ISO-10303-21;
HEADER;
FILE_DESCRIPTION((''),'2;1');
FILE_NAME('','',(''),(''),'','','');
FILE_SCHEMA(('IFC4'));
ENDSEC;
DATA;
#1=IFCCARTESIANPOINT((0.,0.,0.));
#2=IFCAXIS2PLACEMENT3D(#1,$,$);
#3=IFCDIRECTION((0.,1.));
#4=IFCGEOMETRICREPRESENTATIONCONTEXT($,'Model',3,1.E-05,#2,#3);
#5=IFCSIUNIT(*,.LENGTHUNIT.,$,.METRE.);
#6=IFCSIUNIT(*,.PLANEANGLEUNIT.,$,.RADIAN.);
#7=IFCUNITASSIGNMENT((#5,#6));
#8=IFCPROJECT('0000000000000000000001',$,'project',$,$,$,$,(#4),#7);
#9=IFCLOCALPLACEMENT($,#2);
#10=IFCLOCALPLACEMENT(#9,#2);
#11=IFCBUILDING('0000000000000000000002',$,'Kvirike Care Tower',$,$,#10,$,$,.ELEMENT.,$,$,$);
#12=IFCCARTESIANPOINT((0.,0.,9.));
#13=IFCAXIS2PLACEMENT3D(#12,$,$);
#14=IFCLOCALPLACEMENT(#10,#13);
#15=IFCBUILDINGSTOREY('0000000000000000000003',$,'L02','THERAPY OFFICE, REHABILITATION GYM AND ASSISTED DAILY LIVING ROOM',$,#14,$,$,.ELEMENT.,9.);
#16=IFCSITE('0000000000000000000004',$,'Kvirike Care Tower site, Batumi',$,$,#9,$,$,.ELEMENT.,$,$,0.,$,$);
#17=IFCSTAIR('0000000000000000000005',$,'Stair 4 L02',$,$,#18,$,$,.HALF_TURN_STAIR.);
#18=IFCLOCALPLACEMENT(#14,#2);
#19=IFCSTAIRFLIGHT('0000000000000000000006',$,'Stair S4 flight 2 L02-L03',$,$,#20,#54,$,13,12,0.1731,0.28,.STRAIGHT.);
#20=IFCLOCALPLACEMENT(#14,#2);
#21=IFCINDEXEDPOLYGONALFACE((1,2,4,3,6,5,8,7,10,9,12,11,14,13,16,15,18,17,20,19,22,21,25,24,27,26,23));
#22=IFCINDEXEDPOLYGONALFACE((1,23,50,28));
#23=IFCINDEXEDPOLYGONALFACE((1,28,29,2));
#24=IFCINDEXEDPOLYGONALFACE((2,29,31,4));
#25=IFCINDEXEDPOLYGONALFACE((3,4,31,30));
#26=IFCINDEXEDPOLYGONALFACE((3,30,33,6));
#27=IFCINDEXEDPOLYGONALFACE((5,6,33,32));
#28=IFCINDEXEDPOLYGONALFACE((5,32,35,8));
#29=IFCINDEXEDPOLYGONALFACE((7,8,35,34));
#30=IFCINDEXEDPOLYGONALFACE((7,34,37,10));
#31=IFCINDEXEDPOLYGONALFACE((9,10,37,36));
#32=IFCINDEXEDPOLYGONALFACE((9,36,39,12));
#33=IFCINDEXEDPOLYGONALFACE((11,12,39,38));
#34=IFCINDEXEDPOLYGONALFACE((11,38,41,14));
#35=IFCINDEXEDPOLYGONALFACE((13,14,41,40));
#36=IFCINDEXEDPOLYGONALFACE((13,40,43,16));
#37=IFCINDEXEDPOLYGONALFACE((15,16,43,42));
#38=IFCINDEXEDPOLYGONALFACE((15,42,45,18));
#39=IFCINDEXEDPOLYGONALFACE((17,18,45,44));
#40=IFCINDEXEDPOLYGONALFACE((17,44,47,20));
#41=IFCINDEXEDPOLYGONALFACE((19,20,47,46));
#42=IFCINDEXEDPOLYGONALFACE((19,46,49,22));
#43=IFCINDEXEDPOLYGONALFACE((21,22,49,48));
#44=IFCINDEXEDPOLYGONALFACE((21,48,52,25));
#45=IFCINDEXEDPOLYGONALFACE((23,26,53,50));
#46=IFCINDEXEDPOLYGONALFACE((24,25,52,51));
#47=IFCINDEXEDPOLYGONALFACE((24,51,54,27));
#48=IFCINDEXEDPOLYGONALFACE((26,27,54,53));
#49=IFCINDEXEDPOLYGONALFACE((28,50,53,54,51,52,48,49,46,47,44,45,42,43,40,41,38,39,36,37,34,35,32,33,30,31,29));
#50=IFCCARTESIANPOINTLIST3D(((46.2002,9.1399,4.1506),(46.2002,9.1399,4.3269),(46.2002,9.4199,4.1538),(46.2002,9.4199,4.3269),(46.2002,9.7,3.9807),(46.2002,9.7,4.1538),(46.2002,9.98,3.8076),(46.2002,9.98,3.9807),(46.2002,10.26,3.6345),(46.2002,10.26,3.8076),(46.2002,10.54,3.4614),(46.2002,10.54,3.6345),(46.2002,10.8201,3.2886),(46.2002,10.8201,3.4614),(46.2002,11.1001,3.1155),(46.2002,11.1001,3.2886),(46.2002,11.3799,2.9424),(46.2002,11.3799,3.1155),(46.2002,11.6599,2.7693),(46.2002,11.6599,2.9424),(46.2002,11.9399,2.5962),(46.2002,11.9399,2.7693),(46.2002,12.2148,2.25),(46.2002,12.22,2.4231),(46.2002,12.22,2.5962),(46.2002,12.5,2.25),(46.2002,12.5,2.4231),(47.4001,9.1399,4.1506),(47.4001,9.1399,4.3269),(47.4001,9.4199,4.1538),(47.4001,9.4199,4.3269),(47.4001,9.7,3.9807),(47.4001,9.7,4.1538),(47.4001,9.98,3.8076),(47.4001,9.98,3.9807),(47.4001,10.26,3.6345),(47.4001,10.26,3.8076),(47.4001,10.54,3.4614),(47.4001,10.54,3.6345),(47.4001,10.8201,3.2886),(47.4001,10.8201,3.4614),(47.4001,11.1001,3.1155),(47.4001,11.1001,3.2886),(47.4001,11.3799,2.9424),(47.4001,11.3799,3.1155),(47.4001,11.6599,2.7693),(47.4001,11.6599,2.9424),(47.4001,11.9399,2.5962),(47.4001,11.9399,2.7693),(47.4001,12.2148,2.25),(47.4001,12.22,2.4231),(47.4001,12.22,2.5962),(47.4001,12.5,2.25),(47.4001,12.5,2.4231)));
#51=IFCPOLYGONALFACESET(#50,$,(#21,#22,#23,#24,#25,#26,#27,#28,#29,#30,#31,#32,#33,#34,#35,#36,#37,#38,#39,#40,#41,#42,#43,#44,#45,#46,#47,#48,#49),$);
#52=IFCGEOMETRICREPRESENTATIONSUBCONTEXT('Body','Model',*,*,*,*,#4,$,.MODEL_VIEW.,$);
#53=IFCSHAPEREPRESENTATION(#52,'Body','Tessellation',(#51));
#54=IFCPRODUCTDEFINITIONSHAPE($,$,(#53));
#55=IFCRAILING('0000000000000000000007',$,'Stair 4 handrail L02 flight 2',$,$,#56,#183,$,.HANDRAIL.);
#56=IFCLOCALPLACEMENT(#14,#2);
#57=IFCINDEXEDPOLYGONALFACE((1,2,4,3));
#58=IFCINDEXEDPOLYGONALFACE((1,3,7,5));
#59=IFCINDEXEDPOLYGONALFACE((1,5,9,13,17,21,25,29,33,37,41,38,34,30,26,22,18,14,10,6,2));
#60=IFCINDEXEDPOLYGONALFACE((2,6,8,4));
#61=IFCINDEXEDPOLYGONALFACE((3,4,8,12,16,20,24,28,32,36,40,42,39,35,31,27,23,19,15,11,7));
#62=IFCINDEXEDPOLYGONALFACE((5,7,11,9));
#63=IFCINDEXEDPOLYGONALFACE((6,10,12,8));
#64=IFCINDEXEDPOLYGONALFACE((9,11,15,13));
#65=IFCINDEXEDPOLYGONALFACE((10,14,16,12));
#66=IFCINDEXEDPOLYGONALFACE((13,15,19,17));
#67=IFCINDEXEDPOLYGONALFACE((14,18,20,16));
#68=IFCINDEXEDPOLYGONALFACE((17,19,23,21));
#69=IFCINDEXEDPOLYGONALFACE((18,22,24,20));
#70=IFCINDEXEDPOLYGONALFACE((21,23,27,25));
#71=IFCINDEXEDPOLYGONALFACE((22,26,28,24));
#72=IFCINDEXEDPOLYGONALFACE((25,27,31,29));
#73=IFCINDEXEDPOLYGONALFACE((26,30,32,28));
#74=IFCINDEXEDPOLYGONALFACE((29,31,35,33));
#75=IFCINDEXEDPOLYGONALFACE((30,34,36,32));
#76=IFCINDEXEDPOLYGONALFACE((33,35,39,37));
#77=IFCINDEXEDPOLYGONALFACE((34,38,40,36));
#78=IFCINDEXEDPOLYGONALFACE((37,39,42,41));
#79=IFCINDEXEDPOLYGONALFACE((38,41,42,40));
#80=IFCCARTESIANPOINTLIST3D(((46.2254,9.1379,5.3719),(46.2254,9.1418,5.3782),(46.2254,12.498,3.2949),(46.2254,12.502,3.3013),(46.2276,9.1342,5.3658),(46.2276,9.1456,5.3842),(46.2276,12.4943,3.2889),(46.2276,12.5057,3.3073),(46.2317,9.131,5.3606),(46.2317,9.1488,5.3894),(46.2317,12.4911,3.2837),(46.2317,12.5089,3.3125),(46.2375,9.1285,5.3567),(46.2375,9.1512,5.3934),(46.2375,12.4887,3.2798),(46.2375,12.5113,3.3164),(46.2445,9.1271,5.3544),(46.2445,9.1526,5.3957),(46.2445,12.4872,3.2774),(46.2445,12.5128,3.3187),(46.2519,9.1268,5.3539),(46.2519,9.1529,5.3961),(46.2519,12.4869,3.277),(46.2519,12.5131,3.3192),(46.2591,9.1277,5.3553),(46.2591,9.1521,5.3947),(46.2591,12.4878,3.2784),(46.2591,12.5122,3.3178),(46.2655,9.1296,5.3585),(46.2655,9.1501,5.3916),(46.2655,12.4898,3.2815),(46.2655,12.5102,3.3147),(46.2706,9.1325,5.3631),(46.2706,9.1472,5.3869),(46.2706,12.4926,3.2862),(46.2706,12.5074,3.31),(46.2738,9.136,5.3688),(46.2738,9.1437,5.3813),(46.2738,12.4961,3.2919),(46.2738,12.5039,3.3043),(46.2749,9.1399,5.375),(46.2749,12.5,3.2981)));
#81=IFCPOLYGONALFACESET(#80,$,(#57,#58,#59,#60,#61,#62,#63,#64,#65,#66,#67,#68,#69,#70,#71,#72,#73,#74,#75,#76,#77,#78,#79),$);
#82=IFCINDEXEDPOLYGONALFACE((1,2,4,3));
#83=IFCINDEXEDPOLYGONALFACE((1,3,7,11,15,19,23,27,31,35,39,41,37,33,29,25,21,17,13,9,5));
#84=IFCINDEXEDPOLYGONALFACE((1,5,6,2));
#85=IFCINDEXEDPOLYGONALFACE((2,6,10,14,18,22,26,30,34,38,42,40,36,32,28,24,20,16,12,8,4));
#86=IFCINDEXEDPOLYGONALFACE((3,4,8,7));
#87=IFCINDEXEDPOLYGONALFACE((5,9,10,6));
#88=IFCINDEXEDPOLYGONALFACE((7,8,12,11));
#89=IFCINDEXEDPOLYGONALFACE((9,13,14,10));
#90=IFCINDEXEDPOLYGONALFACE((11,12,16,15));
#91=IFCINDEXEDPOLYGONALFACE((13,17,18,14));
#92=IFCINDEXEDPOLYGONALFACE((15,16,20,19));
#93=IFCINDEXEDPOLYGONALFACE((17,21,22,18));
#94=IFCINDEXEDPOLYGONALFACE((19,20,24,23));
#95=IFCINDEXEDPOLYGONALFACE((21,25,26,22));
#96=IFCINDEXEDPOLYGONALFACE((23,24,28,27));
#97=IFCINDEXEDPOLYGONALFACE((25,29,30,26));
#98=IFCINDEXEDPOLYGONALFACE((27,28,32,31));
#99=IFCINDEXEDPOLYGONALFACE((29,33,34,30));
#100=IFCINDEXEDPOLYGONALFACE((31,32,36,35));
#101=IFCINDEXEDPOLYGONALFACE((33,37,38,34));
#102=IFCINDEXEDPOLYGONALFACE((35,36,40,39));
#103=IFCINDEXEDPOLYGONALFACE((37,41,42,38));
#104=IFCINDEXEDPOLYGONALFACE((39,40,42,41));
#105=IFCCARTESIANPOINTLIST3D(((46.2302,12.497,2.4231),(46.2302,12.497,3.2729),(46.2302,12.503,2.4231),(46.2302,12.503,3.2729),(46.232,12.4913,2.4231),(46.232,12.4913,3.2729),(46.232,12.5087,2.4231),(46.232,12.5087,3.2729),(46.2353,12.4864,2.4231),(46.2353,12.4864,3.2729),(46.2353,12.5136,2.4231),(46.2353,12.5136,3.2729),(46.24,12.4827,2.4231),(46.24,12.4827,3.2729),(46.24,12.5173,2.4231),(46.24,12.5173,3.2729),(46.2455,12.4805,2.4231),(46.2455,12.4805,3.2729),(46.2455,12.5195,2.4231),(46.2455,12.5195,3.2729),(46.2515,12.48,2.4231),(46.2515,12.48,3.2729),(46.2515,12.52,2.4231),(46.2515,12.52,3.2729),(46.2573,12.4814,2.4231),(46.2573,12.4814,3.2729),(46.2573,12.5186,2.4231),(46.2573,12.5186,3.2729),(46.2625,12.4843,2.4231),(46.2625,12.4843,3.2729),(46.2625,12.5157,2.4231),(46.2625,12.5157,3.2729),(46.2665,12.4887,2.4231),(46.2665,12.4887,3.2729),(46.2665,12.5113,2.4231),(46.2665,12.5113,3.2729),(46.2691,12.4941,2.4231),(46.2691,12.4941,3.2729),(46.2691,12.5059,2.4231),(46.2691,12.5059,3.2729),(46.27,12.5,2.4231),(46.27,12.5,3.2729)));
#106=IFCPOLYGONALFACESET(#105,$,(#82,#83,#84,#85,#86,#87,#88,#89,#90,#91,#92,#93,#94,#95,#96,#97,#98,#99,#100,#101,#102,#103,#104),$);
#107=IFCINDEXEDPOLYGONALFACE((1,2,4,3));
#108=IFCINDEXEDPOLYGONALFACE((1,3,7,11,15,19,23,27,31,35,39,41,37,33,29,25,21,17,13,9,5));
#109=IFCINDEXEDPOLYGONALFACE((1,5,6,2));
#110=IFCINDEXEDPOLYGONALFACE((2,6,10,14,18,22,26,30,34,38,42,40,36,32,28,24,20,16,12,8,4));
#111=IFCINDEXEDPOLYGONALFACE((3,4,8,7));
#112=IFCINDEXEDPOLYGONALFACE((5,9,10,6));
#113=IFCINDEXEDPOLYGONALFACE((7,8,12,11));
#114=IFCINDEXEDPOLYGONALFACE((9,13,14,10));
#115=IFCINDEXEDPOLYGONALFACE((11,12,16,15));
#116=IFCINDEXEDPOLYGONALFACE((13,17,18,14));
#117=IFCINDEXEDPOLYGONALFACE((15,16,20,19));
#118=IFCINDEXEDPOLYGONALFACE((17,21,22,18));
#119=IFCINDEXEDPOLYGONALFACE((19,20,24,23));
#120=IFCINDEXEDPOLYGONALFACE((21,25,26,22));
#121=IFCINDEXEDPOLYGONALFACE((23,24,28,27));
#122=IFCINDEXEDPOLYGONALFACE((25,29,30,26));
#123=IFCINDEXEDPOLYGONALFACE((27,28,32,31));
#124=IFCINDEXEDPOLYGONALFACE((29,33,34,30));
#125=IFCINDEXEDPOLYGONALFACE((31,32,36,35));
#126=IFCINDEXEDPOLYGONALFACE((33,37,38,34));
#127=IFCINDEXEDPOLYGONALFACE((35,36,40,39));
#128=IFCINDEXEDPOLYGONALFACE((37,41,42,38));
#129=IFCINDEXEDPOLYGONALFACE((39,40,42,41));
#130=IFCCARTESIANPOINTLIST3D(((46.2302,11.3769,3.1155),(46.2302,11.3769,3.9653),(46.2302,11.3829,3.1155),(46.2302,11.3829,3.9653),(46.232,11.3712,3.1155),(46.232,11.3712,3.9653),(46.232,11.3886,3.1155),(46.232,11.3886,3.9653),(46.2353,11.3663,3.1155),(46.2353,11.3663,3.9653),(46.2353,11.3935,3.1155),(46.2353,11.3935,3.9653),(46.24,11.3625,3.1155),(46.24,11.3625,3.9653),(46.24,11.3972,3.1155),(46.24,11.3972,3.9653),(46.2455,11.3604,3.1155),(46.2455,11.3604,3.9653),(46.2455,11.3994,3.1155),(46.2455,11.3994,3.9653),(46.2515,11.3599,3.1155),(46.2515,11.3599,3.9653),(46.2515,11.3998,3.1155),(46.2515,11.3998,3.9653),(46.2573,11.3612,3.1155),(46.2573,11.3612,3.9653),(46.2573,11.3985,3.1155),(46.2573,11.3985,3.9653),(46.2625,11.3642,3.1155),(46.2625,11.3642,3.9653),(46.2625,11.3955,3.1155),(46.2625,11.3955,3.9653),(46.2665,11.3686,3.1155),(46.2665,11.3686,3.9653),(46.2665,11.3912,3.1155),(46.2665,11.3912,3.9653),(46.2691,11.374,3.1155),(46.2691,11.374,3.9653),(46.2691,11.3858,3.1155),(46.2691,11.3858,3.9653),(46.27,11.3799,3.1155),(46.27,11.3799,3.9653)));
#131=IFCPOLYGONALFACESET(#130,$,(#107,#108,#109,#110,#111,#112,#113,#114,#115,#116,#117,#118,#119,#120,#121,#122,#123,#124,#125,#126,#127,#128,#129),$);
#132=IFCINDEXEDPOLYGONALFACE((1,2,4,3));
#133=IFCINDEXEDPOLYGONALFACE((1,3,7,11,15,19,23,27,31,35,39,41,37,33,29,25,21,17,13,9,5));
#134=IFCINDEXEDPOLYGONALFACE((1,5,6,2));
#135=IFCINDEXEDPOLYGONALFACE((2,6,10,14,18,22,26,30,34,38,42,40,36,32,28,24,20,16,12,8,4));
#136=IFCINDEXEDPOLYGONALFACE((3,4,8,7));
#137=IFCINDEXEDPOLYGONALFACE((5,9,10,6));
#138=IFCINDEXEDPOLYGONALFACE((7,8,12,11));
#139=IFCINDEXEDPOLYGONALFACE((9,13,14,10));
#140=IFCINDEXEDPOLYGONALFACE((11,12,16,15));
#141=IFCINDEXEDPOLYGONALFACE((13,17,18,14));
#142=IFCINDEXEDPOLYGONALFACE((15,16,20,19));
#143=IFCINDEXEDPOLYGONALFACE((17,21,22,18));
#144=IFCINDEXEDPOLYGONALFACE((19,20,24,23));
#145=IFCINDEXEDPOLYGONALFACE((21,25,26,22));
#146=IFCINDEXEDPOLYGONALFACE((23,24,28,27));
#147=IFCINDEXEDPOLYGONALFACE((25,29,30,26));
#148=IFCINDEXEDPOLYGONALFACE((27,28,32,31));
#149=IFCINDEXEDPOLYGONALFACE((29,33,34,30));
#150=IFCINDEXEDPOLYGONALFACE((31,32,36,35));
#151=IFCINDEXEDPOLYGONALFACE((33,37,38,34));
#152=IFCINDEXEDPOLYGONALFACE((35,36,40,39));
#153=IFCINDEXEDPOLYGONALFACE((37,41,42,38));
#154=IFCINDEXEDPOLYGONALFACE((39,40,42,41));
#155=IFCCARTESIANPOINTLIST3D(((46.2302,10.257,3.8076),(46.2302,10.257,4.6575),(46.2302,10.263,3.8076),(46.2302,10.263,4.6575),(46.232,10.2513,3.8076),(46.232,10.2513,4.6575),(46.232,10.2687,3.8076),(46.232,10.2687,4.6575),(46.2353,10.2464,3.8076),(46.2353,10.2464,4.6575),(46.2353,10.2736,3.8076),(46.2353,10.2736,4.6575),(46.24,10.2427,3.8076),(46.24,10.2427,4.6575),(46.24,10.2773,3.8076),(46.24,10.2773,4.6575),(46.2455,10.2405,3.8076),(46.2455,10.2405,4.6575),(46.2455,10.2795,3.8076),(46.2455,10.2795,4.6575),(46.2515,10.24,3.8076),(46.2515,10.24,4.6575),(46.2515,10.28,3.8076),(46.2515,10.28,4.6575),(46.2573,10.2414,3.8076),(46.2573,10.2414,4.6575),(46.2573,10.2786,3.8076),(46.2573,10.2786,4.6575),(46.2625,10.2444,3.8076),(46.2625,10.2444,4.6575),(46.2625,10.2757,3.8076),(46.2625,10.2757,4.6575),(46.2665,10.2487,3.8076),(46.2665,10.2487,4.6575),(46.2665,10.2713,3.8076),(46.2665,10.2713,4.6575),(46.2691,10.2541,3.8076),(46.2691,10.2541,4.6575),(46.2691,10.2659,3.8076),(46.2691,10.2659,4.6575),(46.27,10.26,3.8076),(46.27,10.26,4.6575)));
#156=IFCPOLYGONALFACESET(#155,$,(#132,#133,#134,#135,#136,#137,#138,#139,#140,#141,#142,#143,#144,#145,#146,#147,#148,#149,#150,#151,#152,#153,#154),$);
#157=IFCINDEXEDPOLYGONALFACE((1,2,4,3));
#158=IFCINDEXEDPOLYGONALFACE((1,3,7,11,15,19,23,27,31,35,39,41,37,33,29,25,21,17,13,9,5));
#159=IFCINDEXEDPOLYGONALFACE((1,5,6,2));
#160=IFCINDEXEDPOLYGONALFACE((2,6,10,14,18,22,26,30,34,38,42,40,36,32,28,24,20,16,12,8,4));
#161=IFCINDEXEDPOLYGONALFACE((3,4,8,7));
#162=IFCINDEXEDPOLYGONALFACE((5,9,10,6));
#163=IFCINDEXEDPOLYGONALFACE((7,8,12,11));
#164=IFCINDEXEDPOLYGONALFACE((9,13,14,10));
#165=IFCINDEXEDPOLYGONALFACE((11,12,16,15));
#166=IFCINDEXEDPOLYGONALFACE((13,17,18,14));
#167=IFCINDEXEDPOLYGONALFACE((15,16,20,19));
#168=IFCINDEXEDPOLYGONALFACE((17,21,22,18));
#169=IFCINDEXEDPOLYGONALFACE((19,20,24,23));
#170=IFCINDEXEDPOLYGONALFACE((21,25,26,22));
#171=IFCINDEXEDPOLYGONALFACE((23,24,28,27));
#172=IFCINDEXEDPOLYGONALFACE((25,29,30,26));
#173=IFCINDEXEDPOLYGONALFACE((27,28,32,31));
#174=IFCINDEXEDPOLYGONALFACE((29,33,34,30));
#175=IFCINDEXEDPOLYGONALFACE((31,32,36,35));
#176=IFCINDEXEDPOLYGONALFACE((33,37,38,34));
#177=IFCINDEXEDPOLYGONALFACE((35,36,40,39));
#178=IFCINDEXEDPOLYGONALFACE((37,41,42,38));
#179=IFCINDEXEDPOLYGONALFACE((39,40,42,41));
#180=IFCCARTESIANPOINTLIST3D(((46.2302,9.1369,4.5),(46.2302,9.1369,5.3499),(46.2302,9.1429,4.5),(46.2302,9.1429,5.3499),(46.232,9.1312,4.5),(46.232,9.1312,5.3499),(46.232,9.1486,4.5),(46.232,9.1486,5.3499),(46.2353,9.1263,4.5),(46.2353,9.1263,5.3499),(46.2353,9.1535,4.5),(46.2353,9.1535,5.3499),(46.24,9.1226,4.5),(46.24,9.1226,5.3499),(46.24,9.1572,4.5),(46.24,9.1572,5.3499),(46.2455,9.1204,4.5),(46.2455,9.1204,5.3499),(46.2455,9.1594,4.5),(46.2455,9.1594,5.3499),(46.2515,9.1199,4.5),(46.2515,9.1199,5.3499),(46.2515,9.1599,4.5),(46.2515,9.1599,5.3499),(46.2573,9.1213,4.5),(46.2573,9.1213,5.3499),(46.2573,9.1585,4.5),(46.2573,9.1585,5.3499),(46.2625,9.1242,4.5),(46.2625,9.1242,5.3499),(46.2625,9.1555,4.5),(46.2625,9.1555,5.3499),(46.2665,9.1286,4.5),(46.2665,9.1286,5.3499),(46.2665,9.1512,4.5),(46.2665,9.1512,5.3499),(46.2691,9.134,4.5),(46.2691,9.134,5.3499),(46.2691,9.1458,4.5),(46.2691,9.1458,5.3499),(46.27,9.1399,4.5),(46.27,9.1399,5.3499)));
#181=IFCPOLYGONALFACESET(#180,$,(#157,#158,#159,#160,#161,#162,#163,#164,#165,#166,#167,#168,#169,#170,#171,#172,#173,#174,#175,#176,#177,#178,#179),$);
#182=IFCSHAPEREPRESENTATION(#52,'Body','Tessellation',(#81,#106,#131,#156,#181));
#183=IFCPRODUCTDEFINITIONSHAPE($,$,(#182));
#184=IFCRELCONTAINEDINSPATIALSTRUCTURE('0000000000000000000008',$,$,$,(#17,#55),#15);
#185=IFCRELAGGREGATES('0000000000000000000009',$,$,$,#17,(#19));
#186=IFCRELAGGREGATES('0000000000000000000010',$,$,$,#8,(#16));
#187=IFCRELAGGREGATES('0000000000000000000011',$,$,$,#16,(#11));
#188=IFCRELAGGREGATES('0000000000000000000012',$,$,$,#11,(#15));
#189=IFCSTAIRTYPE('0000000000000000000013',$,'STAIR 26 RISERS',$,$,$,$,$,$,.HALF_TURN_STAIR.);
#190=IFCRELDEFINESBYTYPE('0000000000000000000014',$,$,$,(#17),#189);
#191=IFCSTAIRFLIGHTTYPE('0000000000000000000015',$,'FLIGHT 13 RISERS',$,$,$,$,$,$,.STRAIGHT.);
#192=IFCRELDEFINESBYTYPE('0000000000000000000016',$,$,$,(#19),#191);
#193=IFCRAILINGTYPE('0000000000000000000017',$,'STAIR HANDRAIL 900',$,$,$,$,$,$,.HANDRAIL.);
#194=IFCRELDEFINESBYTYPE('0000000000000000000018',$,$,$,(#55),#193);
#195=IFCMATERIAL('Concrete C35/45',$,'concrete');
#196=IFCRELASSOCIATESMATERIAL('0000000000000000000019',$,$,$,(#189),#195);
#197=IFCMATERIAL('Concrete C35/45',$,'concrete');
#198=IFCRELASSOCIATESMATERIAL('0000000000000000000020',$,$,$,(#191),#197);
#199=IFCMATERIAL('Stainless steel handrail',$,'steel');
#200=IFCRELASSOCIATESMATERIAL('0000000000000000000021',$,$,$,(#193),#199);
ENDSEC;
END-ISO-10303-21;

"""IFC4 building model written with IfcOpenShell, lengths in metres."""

from ifc_helpers import new_model, si_unit, direction, frame, origin, origin_2d, place, context, subcontext, project, spatial, polyline, circle, outline, extrude, material, type_object, element, aggregate, save


model = new_model("IFC4")

# Units and contexts
model_context = context("Model", 3, precision=1e-05, world=origin(), true_north=direction((0.0, 1.0)))
body_context = subcontext(model_context, "Body", "Model", "MODEL_VIEW")
ifc_project = project(units=[si_unit("LENGTHUNIT", "METRE"), si_unit("PLANEANGLEUNIT", "RADIAN")], contexts=[model_context])

# Site, building, storey
site_placement = place(None, origin())
site = spatial("IfcSite", under=ifc_project, at=site_placement, Name="Kvirike Care Tower site, Batumi", CompositionType="ELEMENT", RefElevation=0.0)
building_placement = place(site_placement, origin())
building = spatial("IfcBuilding", under=site, at=building_placement, Name="Kvirike Care Tower", CompositionType="ELEMENT")
storey_placement = place(building_placement, frame((0.0, 0.0, 9.0)))
storey = spatial("IfcBuildingStorey", under=building, at=storey_placement, Name="L02", Description="THERAPY OFFICE, REHABILITATION GYM AND ASSISTED DAILY LIVING ROOM", CompositionType="ELEMENT", Elevation=9.0)

# Stair, stair flight
ifc_material_1 = material(Name="Concrete C35/45", Category="concrete")
stair_type = type_object("IfcStairType", Name="STAIR 26 RISERS", PredefinedType="HALF_TURN_STAIR", material=ifc_material_1)
stair_placement = place(storey_placement, origin())
stair = element("IfcStair", 1, at=stair_placement, inside=storey, type_object=stair_type, Name="Stair 4 L02", PredefinedType="HALF_TURN_STAIR")
ifc_material_2 = material(Name="Concrete C35/45", Category="concrete")
stair_flight_type = type_object("IfcStairFlightType", Name="FLIGHT 13 RISERS", PredefinedType="STRAIGHT", material=ifc_material_2)
stair_flight_placement = place(storey_placement, frame((46.8, 12.5, 2.25), z_axis=(0.0, 0.0, 1.0), x_axis=(0.0, -1.0, 0.0)))
stair_flight = element("IfcStairFlight", 2, at=stair_flight_placement, type_object=stair_flight_type, Name="Stair S4 flight 2 L02-L03", NumberOfRisers=13, NumberOfTreads=12, PredefinedType="STRAIGHT", RiserHeight=0.1731, TreadLength=0.28, context=body_context, shape_type="SweptSolid", body=[
    extrude(outline(polyline([(0.0, 0.0), (0.0, 0.1731), (0.28, 0.1731), (0.28, 0.3462), (0.5601, 0.3462), (0.5601, 0.5193), (0.8401, 0.5193), (0.8401, 0.6924), (1.1201, 0.6924), (1.1201, 0.8655), (1.3999, 0.8655), (1.3999, 1.0386), (1.6799, 1.0386), (1.6799, 1.2114), (1.96, 1.2114), (1.96, 1.3845), (2.24, 1.3845), (2.24, 1.5576), (2.52, 1.5576), (2.52, 1.7307), (2.8, 1.7307), (2.8, 1.9038), (3.0801, 1.9038), (3.0801, 2.0769), (3.3601, 2.0769), (3.3601, 2.25), (3.3601, 1.9006), (0.2852, 0.0), (0.0, 0.0)])), frame((0.0, 0.6001, 0.0), z_axis=(0.0, -1.0, 0.0), x_axis=(1.0, 0.0, 0.0)), (0.0, 0.0, 1.0), 1.2),
])
aggregate(stair, [stair_flight])

# Railing
ifc_material_3 = material(Name="Stainless steel handrail", Category="steel")
railing_type = type_object("IfcRailingType", Name="STAIR HANDRAIL 900", PredefinedType="HANDRAIL", material=ifc_material_3)
railing_placement = place(storey_placement, frame((46.25, 12.5, 2.4231)))
element("IfcRailing", 3, at=railing_placement, inside=storey, type_object=railing_type, Name="Stair 4 handrail L02 flight 2", PredefinedType="HANDRAIL", context=body_context, shape_type="SweptSolid", body=[
    extrude(circle(Radius=0.0249, at=origin_2d()), frame((0.0, 0.0, 0.875), z_axis=(0.0, -0.850623, 0.525776), x_axis=(1.0, 0.0, 0.0)), (0.0, 0.0, 1.0), 3.9502),
    extrude(circle(Radius=0.02, at=origin_2d()), origin(), (0.0, 0.0, 1.0), 0.8499),
    extrude(circle(Radius=0.02, at=origin_2d()), frame((0.0, -1.1201, 0.6924)), (0.0, 0.0, 1.0), 0.8499),
    extrude(circle(Radius=0.02, at=origin_2d()), frame((0.0, -2.24, 1.3845)), (0.0, 0.0, 1.0), 0.8499),
    extrude(circle(Radius=0.02, at=origin_2d()), frame((0.0, -3.3601, 2.0769)), (0.0, 0.0, 1.0), 0.8499),
])

save(model, "model.ifc")
